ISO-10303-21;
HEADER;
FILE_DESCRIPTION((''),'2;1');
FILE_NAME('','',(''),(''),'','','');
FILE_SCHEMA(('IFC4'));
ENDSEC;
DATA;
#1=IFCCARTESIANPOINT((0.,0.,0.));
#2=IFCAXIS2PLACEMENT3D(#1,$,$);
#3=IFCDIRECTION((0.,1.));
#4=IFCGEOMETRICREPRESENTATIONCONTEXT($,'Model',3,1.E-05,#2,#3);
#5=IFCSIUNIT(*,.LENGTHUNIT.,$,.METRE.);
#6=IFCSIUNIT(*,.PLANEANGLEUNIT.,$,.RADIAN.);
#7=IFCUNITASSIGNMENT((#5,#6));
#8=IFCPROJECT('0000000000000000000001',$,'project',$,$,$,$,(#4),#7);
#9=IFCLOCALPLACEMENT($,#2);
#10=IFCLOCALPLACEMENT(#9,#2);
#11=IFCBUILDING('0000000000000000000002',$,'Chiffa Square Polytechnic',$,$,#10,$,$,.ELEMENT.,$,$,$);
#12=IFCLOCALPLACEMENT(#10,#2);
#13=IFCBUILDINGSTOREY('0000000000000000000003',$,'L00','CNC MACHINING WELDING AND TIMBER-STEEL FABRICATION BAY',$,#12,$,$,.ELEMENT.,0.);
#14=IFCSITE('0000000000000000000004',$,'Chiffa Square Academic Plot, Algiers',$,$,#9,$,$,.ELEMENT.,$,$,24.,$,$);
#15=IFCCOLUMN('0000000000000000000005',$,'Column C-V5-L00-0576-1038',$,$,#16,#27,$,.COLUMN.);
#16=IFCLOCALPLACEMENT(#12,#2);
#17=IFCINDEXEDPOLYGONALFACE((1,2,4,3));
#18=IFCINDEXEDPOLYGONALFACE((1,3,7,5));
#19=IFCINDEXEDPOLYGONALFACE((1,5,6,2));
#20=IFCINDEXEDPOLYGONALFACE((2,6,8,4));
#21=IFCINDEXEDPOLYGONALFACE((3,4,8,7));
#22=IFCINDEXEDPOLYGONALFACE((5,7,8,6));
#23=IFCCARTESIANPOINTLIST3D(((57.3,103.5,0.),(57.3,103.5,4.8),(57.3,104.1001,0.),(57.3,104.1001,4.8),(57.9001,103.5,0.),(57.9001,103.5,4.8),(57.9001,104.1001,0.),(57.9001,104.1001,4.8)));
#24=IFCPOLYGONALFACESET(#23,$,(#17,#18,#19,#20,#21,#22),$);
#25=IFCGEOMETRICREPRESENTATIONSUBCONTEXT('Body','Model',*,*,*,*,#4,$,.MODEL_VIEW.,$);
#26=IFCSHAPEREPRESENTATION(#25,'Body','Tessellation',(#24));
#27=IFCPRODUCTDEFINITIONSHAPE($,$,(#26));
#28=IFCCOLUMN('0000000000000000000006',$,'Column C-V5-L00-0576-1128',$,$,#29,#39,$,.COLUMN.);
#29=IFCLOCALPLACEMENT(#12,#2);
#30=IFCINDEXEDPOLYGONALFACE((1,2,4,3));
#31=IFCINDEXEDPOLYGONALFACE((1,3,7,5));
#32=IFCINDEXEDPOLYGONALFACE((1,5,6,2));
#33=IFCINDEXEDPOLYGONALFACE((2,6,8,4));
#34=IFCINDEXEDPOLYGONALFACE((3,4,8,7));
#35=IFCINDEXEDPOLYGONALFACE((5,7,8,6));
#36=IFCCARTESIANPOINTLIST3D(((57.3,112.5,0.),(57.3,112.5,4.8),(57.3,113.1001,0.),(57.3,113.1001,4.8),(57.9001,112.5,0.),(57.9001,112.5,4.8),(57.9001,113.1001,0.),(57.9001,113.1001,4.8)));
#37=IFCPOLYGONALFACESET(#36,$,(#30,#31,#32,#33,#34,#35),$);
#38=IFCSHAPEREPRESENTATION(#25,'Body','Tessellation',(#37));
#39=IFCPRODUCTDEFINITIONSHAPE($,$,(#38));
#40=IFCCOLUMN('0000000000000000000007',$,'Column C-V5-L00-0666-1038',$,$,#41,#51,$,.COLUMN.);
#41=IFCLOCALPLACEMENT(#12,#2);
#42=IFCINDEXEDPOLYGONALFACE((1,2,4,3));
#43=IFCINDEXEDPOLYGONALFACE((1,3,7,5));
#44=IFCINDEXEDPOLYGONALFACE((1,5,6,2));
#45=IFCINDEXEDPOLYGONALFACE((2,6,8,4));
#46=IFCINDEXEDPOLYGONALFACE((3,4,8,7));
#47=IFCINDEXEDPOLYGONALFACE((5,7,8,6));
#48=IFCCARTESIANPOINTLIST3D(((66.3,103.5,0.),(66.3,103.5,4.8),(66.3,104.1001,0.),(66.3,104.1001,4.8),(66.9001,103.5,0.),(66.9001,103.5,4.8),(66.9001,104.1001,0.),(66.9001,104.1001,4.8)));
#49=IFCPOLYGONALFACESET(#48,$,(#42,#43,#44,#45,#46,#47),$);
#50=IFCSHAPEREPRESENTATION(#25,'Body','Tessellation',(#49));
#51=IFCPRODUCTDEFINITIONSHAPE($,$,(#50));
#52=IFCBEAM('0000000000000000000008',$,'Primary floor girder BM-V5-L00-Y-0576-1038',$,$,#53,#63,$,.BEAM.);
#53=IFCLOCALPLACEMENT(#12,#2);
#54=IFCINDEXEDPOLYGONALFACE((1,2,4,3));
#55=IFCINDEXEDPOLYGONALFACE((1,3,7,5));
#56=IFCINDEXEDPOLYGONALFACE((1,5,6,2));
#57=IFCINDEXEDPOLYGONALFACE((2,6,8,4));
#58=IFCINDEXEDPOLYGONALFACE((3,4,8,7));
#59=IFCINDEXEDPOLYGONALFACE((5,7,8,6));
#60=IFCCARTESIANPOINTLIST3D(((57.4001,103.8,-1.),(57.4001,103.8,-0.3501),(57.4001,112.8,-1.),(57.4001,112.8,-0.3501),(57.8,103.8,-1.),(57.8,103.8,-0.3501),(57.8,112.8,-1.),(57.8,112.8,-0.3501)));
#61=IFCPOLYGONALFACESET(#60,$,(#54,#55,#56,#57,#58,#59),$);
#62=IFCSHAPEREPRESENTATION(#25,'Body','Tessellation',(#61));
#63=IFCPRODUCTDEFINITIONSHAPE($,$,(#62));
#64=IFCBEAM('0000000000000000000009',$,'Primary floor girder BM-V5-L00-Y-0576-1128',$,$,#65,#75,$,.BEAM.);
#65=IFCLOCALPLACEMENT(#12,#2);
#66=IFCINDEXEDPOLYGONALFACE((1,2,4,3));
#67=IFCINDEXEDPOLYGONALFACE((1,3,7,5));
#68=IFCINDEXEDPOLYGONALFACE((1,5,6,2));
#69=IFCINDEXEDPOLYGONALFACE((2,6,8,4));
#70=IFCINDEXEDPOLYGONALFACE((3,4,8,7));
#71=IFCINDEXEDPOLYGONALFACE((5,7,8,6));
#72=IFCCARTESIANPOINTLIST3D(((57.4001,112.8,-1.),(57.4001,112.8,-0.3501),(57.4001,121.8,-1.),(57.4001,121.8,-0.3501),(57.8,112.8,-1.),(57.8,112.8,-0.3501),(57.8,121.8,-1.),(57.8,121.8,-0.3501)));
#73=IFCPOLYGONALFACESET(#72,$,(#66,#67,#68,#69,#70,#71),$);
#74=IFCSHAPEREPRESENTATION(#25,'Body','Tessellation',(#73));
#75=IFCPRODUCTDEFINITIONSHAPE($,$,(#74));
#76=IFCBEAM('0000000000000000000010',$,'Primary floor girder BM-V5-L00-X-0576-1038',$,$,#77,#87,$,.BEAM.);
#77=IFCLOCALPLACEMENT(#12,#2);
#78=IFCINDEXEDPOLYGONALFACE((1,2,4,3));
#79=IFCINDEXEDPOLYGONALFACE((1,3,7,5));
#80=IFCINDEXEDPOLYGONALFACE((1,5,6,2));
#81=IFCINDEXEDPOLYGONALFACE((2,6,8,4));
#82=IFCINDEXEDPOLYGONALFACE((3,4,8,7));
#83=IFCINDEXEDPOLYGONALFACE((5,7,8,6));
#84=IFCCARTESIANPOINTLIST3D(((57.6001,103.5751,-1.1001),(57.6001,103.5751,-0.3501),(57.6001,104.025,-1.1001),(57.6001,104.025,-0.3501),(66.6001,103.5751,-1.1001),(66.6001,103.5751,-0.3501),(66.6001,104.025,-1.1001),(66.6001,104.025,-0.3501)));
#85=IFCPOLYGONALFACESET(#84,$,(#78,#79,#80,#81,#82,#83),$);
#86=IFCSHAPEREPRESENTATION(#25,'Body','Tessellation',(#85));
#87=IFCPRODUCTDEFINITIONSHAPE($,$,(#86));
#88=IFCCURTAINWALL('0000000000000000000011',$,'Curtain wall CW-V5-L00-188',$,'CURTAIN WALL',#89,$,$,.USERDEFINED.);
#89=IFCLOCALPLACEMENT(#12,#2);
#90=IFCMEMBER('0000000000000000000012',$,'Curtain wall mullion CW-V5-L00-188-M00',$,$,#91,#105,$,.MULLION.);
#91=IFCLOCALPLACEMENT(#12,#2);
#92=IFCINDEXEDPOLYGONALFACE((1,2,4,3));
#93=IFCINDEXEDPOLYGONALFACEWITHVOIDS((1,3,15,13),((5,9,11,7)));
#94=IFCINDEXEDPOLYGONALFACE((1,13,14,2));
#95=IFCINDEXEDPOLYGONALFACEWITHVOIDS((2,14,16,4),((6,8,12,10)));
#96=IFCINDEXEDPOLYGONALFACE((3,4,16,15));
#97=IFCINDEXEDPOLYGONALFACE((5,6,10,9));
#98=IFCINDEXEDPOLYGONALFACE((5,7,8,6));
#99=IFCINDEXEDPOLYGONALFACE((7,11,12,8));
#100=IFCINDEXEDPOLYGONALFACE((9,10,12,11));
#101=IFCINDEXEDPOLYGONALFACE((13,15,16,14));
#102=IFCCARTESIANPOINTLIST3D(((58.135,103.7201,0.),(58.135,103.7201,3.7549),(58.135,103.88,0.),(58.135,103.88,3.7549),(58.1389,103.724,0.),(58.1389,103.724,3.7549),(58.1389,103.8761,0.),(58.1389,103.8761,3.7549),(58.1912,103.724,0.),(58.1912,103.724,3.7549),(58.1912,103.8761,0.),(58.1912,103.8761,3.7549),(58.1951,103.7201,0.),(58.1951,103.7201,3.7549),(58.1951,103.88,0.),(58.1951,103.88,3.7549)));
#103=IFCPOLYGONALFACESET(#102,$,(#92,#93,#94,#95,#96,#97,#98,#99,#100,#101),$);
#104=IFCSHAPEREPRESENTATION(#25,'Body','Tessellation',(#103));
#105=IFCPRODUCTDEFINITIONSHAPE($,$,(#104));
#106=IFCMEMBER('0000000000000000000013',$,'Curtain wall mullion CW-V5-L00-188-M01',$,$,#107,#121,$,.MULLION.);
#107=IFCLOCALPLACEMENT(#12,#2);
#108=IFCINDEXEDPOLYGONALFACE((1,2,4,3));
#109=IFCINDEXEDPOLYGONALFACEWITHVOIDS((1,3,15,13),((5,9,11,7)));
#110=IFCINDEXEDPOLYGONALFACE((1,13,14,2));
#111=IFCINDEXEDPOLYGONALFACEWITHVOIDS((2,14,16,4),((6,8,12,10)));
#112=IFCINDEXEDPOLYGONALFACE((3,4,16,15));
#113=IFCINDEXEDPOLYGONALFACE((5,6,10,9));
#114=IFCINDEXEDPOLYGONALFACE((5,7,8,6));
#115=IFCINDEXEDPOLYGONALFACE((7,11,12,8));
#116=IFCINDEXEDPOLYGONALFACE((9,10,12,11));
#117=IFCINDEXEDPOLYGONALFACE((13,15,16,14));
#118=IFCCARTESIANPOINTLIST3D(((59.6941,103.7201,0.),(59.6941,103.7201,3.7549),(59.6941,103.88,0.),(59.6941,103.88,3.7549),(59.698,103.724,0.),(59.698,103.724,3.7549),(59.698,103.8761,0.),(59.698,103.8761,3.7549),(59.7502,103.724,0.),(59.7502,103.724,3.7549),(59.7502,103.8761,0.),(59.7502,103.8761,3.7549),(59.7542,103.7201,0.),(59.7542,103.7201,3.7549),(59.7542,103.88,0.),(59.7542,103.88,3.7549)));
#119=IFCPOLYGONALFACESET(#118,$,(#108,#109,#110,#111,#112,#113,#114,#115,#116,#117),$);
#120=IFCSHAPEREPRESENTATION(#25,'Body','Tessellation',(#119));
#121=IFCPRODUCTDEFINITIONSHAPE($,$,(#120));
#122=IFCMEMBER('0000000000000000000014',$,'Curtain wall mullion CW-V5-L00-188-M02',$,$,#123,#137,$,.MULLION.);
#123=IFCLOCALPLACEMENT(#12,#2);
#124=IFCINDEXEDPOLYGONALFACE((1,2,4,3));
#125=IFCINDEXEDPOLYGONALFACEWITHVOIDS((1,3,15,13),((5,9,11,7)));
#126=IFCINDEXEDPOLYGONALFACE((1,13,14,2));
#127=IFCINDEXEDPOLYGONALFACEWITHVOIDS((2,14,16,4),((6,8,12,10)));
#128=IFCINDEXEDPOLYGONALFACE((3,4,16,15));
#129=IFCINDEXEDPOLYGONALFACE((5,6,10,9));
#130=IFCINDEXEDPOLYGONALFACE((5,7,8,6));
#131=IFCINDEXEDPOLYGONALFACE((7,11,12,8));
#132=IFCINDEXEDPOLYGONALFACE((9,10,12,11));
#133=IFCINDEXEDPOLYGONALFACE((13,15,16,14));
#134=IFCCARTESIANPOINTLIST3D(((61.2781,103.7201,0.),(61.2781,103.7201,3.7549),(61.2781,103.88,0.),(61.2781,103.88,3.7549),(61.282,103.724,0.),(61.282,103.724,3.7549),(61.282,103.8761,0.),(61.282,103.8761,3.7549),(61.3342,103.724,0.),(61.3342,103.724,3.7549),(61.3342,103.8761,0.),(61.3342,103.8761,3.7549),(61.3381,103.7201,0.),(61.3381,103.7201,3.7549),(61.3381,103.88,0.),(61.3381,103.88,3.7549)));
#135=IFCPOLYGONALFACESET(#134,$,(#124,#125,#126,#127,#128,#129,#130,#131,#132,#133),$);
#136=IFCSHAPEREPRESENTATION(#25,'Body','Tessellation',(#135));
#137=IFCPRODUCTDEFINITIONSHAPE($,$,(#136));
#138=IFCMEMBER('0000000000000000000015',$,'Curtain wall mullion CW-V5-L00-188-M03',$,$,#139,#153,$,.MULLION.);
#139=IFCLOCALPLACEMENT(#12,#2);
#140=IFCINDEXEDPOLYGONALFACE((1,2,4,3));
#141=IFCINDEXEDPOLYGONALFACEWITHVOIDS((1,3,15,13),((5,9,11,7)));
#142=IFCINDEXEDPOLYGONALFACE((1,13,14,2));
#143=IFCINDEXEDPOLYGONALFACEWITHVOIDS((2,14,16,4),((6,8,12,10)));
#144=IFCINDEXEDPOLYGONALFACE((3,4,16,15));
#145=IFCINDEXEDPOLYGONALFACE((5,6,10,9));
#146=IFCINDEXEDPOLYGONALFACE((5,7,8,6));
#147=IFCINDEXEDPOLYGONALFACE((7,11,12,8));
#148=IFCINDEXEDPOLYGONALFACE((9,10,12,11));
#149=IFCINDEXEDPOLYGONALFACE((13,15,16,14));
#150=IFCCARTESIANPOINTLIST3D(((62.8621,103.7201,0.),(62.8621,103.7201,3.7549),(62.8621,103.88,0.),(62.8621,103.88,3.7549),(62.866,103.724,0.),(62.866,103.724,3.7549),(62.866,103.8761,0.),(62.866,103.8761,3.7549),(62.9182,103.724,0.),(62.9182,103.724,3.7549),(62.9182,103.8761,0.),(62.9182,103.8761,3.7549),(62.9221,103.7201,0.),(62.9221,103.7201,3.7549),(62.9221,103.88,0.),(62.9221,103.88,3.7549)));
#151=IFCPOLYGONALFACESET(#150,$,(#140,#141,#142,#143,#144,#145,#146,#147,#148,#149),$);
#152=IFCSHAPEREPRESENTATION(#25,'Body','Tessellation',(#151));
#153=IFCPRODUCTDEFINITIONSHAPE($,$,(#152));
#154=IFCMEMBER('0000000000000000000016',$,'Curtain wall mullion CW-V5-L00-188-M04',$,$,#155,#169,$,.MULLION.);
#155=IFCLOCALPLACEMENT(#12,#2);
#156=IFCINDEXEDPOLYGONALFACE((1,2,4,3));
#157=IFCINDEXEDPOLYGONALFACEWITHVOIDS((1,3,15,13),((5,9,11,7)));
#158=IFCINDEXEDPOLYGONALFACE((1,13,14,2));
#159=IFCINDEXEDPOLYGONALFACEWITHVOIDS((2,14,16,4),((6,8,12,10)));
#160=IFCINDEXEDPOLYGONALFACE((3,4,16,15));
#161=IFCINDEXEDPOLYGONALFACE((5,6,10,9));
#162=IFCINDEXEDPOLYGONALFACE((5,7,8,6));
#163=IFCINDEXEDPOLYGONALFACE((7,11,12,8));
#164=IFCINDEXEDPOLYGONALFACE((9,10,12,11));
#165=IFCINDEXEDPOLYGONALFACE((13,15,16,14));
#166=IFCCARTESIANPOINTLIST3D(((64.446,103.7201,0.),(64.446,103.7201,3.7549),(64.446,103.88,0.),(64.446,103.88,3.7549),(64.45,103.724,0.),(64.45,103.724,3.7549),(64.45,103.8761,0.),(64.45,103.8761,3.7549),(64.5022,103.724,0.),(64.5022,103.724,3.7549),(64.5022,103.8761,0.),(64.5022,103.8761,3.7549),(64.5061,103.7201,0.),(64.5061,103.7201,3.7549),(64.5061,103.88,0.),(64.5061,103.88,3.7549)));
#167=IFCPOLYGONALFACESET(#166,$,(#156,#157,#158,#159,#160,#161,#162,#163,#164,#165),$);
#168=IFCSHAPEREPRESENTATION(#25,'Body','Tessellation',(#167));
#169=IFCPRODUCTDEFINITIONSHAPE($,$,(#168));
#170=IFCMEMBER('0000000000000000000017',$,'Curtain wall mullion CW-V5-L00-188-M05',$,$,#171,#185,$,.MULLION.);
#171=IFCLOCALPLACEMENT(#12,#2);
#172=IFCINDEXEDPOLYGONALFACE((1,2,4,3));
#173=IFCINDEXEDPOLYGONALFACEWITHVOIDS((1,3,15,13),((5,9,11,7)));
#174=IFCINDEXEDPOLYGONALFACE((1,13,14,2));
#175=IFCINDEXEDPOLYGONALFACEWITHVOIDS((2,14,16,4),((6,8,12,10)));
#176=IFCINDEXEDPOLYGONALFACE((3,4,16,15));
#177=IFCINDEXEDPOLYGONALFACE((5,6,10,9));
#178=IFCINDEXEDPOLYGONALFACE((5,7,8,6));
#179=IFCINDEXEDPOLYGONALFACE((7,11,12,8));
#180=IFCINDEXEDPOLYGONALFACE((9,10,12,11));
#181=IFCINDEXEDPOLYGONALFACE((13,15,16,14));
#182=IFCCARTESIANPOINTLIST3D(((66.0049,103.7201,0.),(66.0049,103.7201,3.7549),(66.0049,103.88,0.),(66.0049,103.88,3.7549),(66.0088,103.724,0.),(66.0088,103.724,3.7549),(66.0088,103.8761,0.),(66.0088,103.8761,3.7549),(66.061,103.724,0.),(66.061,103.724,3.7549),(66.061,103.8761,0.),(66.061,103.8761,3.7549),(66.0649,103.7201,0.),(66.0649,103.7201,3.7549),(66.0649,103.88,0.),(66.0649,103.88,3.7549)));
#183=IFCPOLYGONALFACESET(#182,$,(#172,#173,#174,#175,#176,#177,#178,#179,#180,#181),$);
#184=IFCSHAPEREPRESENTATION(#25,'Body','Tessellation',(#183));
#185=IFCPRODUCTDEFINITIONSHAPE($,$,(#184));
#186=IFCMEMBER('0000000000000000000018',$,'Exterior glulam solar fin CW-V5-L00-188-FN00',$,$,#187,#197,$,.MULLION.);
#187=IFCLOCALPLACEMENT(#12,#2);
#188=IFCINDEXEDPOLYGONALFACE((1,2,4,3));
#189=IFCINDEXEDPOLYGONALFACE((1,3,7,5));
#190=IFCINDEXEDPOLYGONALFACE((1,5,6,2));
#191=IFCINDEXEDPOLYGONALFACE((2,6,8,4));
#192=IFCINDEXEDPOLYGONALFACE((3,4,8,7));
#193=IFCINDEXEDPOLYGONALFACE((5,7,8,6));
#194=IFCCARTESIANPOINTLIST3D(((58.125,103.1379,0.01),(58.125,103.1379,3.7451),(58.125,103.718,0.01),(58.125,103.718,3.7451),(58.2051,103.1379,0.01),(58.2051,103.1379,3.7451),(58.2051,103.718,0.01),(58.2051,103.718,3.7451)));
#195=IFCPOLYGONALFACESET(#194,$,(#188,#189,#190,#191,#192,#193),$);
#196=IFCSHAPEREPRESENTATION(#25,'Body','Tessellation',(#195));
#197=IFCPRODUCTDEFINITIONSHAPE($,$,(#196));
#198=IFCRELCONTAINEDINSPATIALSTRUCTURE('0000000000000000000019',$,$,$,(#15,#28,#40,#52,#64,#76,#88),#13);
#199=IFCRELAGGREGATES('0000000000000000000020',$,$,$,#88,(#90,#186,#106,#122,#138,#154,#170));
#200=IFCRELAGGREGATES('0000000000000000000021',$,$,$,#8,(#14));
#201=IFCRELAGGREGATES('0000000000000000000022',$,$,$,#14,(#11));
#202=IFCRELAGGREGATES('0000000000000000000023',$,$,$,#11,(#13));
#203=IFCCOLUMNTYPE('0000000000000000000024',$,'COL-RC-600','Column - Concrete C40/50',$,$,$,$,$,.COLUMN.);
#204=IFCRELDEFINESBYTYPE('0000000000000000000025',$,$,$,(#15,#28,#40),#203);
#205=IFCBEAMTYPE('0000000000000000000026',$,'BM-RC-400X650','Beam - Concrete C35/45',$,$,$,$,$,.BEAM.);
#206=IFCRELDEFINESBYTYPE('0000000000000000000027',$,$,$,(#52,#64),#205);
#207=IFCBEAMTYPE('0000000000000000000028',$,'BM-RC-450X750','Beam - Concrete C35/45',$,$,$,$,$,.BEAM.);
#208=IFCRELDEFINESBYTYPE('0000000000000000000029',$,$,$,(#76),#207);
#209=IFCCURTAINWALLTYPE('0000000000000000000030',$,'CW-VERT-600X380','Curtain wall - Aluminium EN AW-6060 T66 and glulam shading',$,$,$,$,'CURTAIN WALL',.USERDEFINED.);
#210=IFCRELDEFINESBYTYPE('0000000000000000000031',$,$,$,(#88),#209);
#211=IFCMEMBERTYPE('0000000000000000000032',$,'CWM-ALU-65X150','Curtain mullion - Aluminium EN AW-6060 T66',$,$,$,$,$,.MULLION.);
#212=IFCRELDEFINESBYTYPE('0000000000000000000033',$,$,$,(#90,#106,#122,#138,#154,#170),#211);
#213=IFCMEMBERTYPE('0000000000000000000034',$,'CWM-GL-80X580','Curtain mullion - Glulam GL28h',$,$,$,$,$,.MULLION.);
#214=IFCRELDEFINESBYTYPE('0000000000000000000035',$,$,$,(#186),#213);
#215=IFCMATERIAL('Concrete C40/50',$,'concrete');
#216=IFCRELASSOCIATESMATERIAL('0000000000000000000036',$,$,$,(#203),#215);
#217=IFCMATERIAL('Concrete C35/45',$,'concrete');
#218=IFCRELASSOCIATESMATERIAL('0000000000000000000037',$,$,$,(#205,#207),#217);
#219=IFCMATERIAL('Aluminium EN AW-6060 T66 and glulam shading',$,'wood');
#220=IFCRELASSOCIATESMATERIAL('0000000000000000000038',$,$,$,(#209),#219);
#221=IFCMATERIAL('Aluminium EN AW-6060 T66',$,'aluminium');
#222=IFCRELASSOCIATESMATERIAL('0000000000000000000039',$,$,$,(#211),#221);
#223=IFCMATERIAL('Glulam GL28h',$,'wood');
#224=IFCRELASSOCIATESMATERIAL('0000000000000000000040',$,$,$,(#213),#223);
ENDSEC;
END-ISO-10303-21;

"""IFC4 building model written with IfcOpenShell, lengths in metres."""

from ifc_helpers import new_model, si_unit, direction, frame, origin, origin_2d, place, context, subcontext, project, spatial, rectangle, hollow_rectangle, extrude, material, material_profile, profile_set, type_object, element, aggregate, save


model = new_model("IFC4")

# Units and contexts
model_context = context("Model", 3, precision=1e-05, world=origin(), true_north=direction((0.0, 1.0)))
body_context = subcontext(model_context, "Body", "Model", "MODEL_VIEW")
ifc_project = project(units=[si_unit("LENGTHUNIT", "METRE"), si_unit("PLANEANGLEUNIT", "RADIAN")], contexts=[model_context])

# Site, building, storey
site_placement = place(None, origin())
site = spatial("IfcSite", under=ifc_project, at=site_placement, Name="Chiffa Square Academic Plot, Algiers", CompositionType="ELEMENT", RefElevation=24.0)
building_placement = place(site_placement, origin())
building = spatial("IfcBuilding", under=site, at=building_placement, Name="Chiffa Square Polytechnic", CompositionType="ELEMENT")
storey_placement = place(building_placement, origin())
storey = spatial("IfcBuildingStorey", under=building, at=storey_placement, Name="L00", Description="CNC MACHINING WELDING AND TIMBER-STEEL FABRICATION BAY", CompositionType="ELEMENT", Elevation=0.0)

# Columns
ifc_material_1 = material(Name="Concrete C40/50", Category="concrete")
ifc_material_profile_1 = material_profile(ifc_material_1, rectangle(XDim=0.6001, YDim=0.6001, at=origin_2d()), Name="RC 600x600")
ifc_profile_set_1 = profile_set([ifc_material_profile_1], Name="Concrete C40/50")
column_type = type_object("IfcColumnType", Name="COL-RC-600", Description="Column - Concrete C40/50", PredefinedType="COLUMN", material=ifc_profile_set_1)
for number, where, z_axis, x_axis, name in (
    (1, (57.6001, 103.8, 0.0), (0.0, 0.0, 1.0), (1.0, 0.0, 0.0), "Column C-V5-L00-0576-1038"),
    (2, (57.6001, 112.8, 0.0), (0.0, 0.0, 1.0), (1.0, 0.0, 0.0), "Column C-V5-L00-0576-1128"),
    (3, (66.6001, 103.8, 0.0), (0.0, 0.0, 1.0), (1.0, 0.0, 0.0), "Column C-V5-L00-0666-1038"),
):
    element("IfcColumn", number, at=place(storey_placement, frame(where, z_axis=z_axis, x_axis=x_axis)), inside=storey, type_object=column_type, Name=name, PredefinedType="COLUMN", context=body_context, shape_type="SweptSolid", body=[
        extrude(rectangle(XDim=0.6001, YDim=0.6001, at=origin_2d()), origin(), (0.0, 0.0, 1.0), 4.8),
    ])

# Beams
ifc_material_2 = material(Name="Concrete C35/45", Category="concrete")
ifc_material_profile_2 = material_profile(ifc_material_2, rectangle(XDim=0.3999, YDim=0.6499, at=origin_2d()), Name="RC 400x650")
ifc_profile_set_2 = profile_set([ifc_material_profile_2], Name="Concrete C35/45")
beam_type_1 = type_object("IfcBeamType", Name="BM-RC-400X650", Description="Beam - Concrete C35/45", PredefinedType="BEAM", material=ifc_profile_set_2)
for number, where, z_axis, x_axis, name in (
    (4, (57.6001, 103.8, -0.675), (0.0, 1.0, 0.0), (-1.0, 0.0, 0.0), "Primary floor girder BM-V5-L00-Y-0576-1038"),
    (5, (57.6001, 112.8, -0.675), (0.0, 1.0, 0.0), (-1.0, 0.0, 0.0), "Primary floor girder BM-V5-L00-Y-0576-1128"),
):
    element("IfcBeam", number, at=place(storey_placement, frame(where, z_axis=z_axis, x_axis=x_axis)), inside=storey, type_object=beam_type_1, Name=name, PredefinedType="BEAM", context=body_context, shape_type="SweptSolid", body=[
        extrude(rectangle(XDim=0.3999, YDim=0.6499, at=origin_2d()), origin(), (0.0, 0.0, 1.0), 9.0),
    ])
ifc_material_profile_3 = material_profile(ifc_material_2, rectangle(XDim=0.45, YDim=0.75, at=origin_2d()), Name="RC 450x750")
ifc_profile_set_3 = profile_set([ifc_material_profile_3], Name="Concrete C35/45")
beam_type_2 = type_object("IfcBeamType", Name="BM-RC-450X750", Description="Beam - Concrete C35/45", PredefinedType="BEAM", material=ifc_profile_set_3)
beam_placement = place(storey_placement, frame((57.6001, 103.8, -0.7251), z_axis=(1.0, 0.0, 0.0), x_axis=(0.0, 1.0, 0.0)))
element("IfcBeam", 6, at=beam_placement, inside=storey, type_object=beam_type_2, Name="Primary floor girder BM-V5-L00-X-0576-1038", PredefinedType="BEAM", context=body_context, shape_type="SweptSolid", body=[
    extrude(rectangle(XDim=0.45, YDim=0.75, at=origin_2d()), origin(), (0.0, 0.0, 1.0), 9.0),
])

# Curtain wall, members
ifc_material_3 = material(Name="Aluminium EN AW-6060 T66 and glulam shading", Category="wood")
curtain_wall_type = type_object("IfcCurtainWallType", Name="CW-VERT-600X380", Description="Curtain wall - Aluminium EN AW-6060 T66 and glulam shading", ElementType="CURTAIN WALL", PredefinedType="USERDEFINED", material=ifc_material_3)
curtain_wall_placement = place(storey_placement, origin())
curtain_wall = element("IfcCurtainWall", 7, at=curtain_wall_placement, inside=storey, type_object=curtain_wall_type, Name="Curtain wall CW-V5-L00-188", ObjectType="CURTAIN WALL", PredefinedType="USERDEFINED")
ifc_material_4 = material(Name="Aluminium EN AW-6060 T66", Category="aluminium")
ifc_material_profile_4 = material_profile(ifc_material_4, hollow_rectangle(XDim=0.0601, YDim=0.1599, WallThickness=0.0039, at=origin_2d()), Name="ALU 60x160x4")
ifc_profile_set_4 = profile_set([ifc_material_profile_4], Name="Aluminium EN AW-6060 T66")
member_type_1 = type_object("IfcMemberType", Name="CWM-ALU-65X150", Description="Curtain mullion - Aluminium EN AW-6060 T66", PredefinedType="MULLION", material=ifc_profile_set_4)
member_1_placement = place(storey_placement, frame((58.165, 103.8, 0.0), z_axis=(0.0, 0.0, 1.0), x_axis=(1.0, 0.0, 0.0)))
member_1 = element("IfcMember", 8, at=member_1_placement, type_object=member_type_1, Name="Curtain wall mullion CW-V5-L00-188-M00", PredefinedType="MULLION", context=body_context, shape_type="SweptSolid", body=[
    extrude(hollow_rectangle(XDim=0.0601, YDim=0.1599, WallThickness=0.0039, at=origin_2d()), origin(), (0.0, 0.0, 1.0), 3.7549),
])
member_2_placement = place(storey_placement, frame((59.7241, 103.8, 0.0), z_axis=(0.0, 0.0, 1.0), x_axis=(1.0, 0.0, 0.0)))
member_2 = element("IfcMember", 9, at=member_2_placement, type_object=member_type_1, Name="Curtain wall mullion CW-V5-L00-188-M01", PredefinedType="MULLION", context=body_context, shape_type="SweptSolid", body=[
    extrude(hollow_rectangle(XDim=0.0601, YDim=0.1599, WallThickness=0.0039, at=origin_2d()), origin(), (0.0, 0.0, 1.0), 3.7549),
])
member_3_placement = place(storey_placement, frame((61.3081, 103.8, 0.0), z_axis=(0.0, 0.0, 1.0), x_axis=(1.0, 0.0, 0.0)))
member_3 = element("IfcMember", 10, at=member_3_placement, type_object=member_type_1, Name="Curtain wall mullion CW-V5-L00-188-M02", PredefinedType="MULLION", context=body_context, shape_type="SweptSolid", body=[
    extrude(hollow_rectangle(XDim=0.0601, YDim=0.1599, WallThickness=0.0039, at=origin_2d()), origin(), (0.0, 0.0, 1.0), 3.7549),
])
member_4_placement = place(storey_placement, frame((62.8921, 103.8, 0.0), z_axis=(0.0, 0.0, 1.0), x_axis=(1.0, 0.0, 0.0)))
member_4 = element("IfcMember", 11, at=member_4_placement, type_object=member_type_1, Name="Curtain wall mullion CW-V5-L00-188-M03", PredefinedType="MULLION", context=body_context, shape_type="SweptSolid", body=[
    extrude(hollow_rectangle(XDim=0.0601, YDim=0.1599, WallThickness=0.0039, at=origin_2d()), origin(), (0.0, 0.0, 1.0), 3.7549),
])
member_5_placement = place(storey_placement, frame((64.4761, 103.8, 0.0), z_axis=(0.0, 0.0, 1.0), x_axis=(1.0, 0.0, 0.0)))
member_5 = element("IfcMember", 12, at=member_5_placement, type_object=member_type_1, Name="Curtain wall mullion CW-V5-L00-188-M04", PredefinedType="MULLION", context=body_context, shape_type="SweptSolid", body=[
    extrude(hollow_rectangle(XDim=0.0601, YDim=0.1599, WallThickness=0.0039, at=origin_2d()), origin(), (0.0, 0.0, 1.0), 3.7549),
])
member_6_placement = place(storey_placement, frame((66.0349, 103.8, 0.0), z_axis=(0.0, 0.0, 1.0), x_axis=(1.0, 0.0, 0.0)))
member_6 = element("IfcMember", 13, at=member_6_placement, type_object=member_type_1, Name="Curtain wall mullion CW-V5-L00-188-M05", PredefinedType="MULLION", context=body_context, shape_type="SweptSolid", body=[
    extrude(hollow_rectangle(XDim=0.0601, YDim=0.1599, WallThickness=0.0039, at=origin_2d()), origin(), (0.0, 0.0, 1.0), 3.7549),
])
ifc_material_5 = material(Name="Glulam GL28h", Category="wood")
ifc_material_profile_5 = material_profile(ifc_material_5, rectangle(XDim=0.0801, YDim=0.5801, at=origin_2d()), Name="GL28h 80x580")
ifc_profile_set_5 = profile_set([ifc_material_profile_5], Name="Glulam GL28h")
member_type_2 = type_object("IfcMemberType", Name="CWM-GL-80X580", Description="Curtain mullion - Glulam GL28h", PredefinedType="MULLION", material=ifc_profile_set_5)
member_7_placement = place(storey_placement, frame((58.165, 103.428, 0.01), z_axis=(0.0, 0.0, 1.0), x_axis=(1.0, 0.0, 0.0)))
member_7 = element("IfcMember", 14, at=member_7_placement, type_object=member_type_2, Name="Exterior glulam solar fin CW-V5-L00-188-FN00", PredefinedType="MULLION", context=body_context, shape_type="SweptSolid", body=[
    extrude(rectangle(XDim=0.0801, YDim=0.5801, at=origin_2d()), origin(), (0.0, 0.0, 1.0), 3.7351),
])

aggregate(curtain_wall, [member_1, member_7, member_2, member_3, member_4, member_5, member_6])

save(model, "model.ifc")
